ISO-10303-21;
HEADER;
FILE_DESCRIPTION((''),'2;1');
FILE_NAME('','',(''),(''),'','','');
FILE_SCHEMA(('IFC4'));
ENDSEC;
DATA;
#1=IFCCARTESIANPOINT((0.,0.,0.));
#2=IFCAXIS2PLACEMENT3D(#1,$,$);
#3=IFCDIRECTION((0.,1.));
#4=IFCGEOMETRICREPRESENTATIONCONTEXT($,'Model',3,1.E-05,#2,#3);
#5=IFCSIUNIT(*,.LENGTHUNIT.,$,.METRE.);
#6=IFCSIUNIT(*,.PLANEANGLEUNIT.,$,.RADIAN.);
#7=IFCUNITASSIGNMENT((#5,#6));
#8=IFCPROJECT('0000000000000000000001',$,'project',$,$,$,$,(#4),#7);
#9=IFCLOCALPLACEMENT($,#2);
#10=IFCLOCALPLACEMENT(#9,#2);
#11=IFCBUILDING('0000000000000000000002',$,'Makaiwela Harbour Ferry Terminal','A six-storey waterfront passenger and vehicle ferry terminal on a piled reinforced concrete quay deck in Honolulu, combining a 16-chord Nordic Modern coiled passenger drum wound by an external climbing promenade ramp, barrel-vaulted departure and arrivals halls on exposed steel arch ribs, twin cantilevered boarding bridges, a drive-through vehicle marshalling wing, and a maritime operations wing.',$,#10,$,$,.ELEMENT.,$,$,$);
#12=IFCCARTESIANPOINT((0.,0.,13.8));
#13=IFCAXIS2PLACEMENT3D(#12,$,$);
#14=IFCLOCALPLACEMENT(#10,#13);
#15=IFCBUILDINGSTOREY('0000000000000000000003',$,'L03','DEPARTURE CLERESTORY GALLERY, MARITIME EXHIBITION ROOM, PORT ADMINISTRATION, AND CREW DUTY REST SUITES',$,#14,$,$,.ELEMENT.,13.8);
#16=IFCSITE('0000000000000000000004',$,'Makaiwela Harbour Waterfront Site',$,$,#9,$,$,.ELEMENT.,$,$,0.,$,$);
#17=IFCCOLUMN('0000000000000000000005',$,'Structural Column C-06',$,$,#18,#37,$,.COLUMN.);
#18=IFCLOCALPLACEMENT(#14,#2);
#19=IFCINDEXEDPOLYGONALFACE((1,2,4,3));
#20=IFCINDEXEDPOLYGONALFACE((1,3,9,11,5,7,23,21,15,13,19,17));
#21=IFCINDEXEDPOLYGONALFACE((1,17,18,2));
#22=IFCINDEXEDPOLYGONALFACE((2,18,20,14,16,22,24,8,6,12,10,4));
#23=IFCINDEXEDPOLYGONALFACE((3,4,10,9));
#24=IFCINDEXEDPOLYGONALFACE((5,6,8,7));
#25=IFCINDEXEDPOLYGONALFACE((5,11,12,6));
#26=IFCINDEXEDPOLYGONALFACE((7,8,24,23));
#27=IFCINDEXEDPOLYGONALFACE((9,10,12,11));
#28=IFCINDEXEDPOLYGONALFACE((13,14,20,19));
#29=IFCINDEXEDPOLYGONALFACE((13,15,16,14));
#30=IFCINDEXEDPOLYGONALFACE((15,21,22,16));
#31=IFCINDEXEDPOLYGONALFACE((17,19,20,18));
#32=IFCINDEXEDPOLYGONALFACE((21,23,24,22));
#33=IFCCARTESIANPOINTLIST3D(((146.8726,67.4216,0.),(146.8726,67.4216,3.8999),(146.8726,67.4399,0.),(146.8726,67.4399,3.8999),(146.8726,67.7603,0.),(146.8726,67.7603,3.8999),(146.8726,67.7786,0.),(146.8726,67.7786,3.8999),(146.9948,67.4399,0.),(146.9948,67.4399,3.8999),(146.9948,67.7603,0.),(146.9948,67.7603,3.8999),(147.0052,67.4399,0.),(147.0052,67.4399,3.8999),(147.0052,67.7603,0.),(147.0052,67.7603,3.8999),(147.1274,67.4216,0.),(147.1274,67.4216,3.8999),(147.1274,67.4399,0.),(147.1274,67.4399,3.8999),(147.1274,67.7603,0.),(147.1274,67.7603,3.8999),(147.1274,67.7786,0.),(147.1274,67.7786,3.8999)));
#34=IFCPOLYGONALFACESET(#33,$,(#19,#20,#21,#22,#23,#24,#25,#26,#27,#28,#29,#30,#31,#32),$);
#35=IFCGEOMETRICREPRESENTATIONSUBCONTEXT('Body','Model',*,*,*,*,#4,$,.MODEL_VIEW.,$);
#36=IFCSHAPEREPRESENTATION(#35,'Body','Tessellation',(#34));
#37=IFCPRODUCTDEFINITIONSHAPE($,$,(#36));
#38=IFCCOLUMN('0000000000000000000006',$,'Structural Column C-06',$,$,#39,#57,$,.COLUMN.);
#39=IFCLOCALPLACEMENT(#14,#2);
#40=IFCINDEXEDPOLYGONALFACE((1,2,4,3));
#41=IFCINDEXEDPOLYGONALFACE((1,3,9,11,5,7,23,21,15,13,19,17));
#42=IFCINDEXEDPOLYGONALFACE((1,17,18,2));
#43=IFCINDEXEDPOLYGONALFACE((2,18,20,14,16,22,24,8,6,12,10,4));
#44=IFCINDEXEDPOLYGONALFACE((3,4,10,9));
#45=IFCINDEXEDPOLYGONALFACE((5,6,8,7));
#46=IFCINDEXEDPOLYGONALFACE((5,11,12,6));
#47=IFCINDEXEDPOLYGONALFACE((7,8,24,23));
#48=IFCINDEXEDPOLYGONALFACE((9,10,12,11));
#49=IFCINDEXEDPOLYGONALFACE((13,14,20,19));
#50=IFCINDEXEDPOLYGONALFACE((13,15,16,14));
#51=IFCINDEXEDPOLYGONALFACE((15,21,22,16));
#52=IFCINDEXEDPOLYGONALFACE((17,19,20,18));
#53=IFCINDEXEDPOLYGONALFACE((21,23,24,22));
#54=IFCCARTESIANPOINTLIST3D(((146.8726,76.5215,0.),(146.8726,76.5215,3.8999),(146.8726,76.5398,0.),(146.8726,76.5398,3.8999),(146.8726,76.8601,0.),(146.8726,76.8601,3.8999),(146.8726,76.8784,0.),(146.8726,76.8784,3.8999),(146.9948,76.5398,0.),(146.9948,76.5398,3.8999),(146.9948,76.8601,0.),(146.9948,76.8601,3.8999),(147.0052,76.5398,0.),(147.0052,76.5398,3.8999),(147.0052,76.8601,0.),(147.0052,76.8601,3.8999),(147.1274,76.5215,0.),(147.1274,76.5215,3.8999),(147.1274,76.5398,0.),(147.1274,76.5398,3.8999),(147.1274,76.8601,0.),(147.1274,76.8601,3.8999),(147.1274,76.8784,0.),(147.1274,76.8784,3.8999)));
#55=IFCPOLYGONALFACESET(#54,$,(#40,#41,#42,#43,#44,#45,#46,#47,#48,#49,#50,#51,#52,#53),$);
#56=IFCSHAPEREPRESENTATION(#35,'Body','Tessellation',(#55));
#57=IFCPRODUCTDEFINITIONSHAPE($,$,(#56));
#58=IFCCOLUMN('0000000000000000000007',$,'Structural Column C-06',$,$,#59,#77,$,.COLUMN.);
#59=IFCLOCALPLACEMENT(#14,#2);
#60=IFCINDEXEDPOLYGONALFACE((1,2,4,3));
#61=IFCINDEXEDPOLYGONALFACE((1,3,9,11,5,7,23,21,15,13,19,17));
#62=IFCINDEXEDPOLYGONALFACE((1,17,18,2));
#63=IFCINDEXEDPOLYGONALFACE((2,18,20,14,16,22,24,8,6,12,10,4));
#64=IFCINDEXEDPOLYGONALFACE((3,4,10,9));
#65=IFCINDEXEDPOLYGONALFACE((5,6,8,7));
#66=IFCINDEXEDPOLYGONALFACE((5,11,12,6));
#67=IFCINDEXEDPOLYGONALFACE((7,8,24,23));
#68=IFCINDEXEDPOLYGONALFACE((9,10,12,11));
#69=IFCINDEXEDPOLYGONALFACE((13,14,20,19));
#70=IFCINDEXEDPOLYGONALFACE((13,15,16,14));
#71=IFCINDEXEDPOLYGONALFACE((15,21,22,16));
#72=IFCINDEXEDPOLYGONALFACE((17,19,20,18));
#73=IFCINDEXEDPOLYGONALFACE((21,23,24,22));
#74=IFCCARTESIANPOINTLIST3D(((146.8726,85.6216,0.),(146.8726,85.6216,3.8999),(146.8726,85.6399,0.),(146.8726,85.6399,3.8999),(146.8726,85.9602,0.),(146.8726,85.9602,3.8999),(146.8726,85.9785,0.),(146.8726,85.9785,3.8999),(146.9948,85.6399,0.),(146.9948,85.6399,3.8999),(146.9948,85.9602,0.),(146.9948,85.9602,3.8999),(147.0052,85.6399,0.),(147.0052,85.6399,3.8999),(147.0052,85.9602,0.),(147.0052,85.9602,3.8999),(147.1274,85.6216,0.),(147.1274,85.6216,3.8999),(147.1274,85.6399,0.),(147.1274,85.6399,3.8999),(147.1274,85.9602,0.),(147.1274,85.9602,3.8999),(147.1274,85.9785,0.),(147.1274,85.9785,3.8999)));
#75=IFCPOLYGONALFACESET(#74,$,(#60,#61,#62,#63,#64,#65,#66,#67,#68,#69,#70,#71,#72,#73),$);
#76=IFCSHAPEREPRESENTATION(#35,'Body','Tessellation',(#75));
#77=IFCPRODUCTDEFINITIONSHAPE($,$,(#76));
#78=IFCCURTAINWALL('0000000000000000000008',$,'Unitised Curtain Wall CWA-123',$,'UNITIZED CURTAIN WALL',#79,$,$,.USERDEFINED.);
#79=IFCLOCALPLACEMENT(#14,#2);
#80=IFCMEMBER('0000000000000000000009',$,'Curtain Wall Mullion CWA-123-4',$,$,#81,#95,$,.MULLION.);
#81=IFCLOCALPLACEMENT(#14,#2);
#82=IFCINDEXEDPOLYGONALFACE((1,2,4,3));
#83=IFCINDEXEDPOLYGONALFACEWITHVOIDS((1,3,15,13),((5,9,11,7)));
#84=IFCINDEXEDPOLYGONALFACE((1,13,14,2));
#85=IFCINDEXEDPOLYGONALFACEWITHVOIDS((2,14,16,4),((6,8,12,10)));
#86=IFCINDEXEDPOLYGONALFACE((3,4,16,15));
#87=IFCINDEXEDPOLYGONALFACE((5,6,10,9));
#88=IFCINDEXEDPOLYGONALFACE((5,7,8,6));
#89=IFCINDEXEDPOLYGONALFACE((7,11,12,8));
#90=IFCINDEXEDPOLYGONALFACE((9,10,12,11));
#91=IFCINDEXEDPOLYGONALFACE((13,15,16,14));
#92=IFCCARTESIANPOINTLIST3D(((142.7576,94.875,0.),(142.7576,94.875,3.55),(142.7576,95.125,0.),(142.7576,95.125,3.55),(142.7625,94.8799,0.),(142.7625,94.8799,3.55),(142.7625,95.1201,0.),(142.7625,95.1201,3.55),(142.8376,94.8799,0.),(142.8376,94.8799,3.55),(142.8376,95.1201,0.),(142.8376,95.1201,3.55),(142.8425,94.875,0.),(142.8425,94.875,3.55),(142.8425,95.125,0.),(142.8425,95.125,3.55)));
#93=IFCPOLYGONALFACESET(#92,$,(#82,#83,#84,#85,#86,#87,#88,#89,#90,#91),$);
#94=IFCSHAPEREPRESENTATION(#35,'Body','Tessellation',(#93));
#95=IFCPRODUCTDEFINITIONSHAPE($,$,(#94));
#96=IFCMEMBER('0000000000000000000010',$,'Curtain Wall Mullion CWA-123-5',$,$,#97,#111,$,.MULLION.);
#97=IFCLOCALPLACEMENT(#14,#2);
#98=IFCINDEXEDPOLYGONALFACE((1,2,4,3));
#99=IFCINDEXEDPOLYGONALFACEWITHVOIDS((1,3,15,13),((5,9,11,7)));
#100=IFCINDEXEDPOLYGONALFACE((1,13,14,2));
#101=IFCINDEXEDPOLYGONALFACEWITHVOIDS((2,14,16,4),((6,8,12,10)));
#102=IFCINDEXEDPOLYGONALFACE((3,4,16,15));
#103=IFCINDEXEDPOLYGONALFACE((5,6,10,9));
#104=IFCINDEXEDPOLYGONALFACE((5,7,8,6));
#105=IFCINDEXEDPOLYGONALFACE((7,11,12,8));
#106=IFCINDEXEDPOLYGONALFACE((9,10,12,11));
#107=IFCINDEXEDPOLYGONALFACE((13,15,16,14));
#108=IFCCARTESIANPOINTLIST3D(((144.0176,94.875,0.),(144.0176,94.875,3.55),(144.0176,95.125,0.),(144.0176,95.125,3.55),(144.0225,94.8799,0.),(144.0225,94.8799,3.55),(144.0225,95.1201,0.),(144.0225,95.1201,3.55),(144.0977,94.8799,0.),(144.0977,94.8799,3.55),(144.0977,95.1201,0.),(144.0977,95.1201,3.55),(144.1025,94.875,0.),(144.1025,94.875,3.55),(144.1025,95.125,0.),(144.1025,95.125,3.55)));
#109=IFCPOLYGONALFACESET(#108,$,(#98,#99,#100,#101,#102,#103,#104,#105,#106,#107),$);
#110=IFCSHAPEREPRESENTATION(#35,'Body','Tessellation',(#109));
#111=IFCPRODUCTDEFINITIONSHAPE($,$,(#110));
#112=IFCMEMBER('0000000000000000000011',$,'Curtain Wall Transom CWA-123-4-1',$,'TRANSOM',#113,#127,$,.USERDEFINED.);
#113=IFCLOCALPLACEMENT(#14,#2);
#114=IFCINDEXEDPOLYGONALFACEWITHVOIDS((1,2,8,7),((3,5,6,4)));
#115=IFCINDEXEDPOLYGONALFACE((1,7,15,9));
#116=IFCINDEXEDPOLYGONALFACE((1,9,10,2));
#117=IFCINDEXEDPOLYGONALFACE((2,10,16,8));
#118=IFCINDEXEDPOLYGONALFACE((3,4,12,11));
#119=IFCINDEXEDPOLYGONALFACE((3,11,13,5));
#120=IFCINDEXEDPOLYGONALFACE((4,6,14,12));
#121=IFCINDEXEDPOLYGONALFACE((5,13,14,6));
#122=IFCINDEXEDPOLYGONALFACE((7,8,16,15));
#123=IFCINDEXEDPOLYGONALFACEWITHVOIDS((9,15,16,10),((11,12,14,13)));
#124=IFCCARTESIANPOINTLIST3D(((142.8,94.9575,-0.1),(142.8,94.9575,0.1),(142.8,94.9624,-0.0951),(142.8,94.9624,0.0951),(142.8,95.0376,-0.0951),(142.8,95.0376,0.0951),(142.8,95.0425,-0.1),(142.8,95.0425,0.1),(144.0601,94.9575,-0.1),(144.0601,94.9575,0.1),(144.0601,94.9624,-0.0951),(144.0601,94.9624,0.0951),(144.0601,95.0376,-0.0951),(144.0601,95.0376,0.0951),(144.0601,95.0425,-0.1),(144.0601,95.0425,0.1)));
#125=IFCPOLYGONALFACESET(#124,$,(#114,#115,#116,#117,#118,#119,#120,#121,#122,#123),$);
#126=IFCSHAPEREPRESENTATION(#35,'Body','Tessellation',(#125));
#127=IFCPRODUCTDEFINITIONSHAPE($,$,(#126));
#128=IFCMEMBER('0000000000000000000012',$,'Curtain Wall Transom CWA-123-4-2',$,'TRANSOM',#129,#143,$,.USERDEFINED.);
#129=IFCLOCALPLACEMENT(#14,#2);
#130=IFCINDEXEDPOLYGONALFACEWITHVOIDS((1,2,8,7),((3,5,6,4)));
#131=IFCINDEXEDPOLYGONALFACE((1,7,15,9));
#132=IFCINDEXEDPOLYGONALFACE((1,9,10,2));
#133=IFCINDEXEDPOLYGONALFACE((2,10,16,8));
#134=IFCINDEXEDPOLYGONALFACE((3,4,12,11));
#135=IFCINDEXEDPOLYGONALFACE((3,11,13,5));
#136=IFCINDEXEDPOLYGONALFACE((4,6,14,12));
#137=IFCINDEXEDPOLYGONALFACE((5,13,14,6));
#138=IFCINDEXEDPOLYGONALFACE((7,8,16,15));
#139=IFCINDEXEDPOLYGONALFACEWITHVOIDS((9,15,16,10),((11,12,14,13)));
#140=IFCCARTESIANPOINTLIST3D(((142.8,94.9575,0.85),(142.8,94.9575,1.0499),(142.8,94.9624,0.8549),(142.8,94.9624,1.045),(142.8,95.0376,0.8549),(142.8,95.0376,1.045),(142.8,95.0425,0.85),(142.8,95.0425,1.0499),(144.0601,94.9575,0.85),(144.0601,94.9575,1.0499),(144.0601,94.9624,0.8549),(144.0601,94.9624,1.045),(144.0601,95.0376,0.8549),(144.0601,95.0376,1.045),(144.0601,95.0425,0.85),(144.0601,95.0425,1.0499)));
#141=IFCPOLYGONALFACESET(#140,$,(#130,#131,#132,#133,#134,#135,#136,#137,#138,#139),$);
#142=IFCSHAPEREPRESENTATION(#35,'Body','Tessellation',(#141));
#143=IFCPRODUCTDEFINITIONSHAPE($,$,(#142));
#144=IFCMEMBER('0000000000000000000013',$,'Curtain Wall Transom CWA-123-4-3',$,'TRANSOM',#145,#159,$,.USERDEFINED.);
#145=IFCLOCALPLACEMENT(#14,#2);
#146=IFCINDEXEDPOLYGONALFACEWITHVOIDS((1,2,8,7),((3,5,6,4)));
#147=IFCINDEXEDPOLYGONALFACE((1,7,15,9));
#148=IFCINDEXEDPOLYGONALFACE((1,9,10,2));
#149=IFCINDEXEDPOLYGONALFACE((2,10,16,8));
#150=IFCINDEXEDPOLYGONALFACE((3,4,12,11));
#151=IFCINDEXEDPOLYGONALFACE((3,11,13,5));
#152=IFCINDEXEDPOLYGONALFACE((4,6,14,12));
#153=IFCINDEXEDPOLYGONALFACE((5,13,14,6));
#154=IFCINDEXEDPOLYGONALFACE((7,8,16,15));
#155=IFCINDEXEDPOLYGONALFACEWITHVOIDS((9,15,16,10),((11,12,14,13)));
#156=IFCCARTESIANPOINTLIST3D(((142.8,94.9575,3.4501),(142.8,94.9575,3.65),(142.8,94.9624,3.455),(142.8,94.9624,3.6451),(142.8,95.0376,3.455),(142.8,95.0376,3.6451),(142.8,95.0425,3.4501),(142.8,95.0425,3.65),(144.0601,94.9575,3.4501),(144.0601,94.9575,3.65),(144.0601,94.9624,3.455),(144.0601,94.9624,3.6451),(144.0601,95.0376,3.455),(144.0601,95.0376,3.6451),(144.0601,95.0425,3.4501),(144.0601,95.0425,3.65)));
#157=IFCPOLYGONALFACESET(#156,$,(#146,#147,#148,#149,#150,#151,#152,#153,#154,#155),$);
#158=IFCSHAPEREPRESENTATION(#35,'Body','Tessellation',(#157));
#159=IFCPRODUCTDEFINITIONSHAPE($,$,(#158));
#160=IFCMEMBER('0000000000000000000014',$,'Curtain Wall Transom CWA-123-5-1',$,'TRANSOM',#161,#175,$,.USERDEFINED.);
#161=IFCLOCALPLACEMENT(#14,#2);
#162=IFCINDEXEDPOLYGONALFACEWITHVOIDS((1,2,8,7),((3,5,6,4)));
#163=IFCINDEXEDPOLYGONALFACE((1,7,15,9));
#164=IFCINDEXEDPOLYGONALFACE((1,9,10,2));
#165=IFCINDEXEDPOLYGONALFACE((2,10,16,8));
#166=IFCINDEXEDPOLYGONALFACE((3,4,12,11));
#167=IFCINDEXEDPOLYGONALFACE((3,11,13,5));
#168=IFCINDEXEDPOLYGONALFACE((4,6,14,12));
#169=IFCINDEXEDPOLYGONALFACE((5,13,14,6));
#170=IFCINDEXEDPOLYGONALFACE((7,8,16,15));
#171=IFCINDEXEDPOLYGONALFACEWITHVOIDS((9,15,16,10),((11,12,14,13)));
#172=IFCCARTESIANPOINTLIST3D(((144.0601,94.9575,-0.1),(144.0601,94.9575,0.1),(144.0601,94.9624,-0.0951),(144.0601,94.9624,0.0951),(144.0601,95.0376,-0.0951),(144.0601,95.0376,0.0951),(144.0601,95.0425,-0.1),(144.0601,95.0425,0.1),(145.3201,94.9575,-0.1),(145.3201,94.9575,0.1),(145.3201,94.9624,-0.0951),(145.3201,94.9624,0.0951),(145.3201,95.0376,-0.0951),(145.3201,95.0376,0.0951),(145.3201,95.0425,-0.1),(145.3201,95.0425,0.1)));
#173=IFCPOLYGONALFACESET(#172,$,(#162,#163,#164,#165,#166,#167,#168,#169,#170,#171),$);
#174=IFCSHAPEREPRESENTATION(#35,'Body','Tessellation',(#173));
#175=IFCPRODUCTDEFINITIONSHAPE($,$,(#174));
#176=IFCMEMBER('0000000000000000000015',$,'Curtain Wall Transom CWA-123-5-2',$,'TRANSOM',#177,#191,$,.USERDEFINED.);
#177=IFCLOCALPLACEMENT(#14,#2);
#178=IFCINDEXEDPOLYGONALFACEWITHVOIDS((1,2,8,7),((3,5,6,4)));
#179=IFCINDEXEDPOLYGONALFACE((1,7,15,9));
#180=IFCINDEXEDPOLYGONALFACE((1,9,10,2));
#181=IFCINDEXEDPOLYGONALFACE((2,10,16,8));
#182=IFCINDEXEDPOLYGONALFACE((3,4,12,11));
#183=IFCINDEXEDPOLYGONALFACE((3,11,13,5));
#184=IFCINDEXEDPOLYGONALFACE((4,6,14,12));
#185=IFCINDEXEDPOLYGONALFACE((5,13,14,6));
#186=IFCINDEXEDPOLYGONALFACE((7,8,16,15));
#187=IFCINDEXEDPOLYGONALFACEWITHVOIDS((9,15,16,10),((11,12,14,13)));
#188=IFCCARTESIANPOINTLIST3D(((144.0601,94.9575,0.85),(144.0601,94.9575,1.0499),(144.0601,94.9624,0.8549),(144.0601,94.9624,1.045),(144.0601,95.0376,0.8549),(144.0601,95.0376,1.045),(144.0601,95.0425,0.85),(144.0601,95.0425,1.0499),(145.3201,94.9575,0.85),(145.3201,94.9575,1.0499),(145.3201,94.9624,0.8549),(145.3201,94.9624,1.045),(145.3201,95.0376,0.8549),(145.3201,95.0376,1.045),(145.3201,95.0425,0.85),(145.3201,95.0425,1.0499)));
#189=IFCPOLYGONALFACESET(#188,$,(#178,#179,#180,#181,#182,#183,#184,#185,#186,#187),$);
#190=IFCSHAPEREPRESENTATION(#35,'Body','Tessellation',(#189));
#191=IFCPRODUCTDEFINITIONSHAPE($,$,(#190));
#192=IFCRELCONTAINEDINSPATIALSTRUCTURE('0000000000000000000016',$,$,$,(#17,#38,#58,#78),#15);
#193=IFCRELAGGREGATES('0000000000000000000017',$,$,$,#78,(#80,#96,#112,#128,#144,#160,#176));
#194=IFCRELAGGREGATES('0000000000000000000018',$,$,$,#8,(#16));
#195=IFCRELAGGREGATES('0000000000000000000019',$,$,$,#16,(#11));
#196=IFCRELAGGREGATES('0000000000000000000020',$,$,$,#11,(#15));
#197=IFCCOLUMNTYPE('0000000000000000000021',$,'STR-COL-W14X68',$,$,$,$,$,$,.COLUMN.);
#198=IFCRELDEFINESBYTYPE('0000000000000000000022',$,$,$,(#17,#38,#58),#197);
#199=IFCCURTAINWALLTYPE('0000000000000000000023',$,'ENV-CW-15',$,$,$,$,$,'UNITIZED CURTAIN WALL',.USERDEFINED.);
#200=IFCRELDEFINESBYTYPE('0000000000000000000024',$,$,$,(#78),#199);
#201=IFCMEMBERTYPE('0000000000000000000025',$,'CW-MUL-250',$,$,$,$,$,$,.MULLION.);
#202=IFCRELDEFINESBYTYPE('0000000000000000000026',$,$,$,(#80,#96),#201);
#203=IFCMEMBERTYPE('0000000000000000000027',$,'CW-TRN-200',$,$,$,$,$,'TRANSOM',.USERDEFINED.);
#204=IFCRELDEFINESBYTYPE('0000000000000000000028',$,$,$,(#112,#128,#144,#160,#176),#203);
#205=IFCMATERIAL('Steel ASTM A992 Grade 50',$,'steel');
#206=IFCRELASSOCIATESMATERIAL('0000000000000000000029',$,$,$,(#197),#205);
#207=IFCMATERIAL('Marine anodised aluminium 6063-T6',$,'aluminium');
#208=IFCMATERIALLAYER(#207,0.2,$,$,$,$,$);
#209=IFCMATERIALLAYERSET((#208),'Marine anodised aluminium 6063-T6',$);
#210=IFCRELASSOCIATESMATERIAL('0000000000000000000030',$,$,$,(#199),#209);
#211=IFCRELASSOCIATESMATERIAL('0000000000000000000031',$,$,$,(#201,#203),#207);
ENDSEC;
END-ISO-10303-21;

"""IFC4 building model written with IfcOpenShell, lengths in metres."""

from ifc_helpers import new_model, si_unit, direction, frame, origin, origin_2d, place, context, subcontext, project, spatial, hollow_rectangle, i_section, extrude, material, layer, layer_set, material_profile, profile_set, type_object, element, aggregate, save


model = new_model("IFC4")

# Units and contexts
model_context = context("Model", 3, precision=1e-05, world=origin(), true_north=direction((0.0, 1.0)))
body_context = subcontext(model_context, "Body", "Model", "MODEL_VIEW")
ifc_project = project(units=[si_unit("LENGTHUNIT", "METRE"), si_unit("PLANEANGLEUNIT", "RADIAN")], contexts=[model_context])

# Site, building, storey
site_placement = place(None, origin())
site = spatial("IfcSite", under=ifc_project, at=site_placement, Name="Makaiwela Harbour Waterfront Site", CompositionType="ELEMENT", RefElevation=0.0)
building_placement = place(site_placement, origin())
building = spatial("IfcBuilding", under=site, at=building_placement, Name="Makaiwela Harbour Ferry Terminal", Description="A six-storey waterfront passenger and vehicle ferry terminal on a piled reinforced concrete quay deck in Honolulu, combining a 16-chord Nordic Modern coiled passenger drum wound by an external climbing promenade ramp, barrel-vaulted departure and arrivals halls on exposed steel arch ribs, twin cantilevered boarding bridges, a drive-through vehicle marshalling wing, and a maritime operations wing.", CompositionType="ELEMENT")
storey_placement = place(building_placement, frame((0.0, 0.0, 13.8)))
storey = spatial("IfcBuildingStorey", under=building, at=storey_placement, Name="L03", Description="DEPARTURE CLERESTORY GALLERY, MARITIME EXHIBITION ROOM, PORT ADMINISTRATION, AND CREW DUTY REST SUITES", CompositionType="ELEMENT", Elevation=13.8)

# Columns
ifc_material_1 = material(Name="Steel ASTM A992 Grade 50", Category="steel")
ifc_material_profile_1 = material_profile(ifc_material_1, i_section(OverallWidth=0.2549, OverallDepth=0.3569, WebThickness=0.0105, FlangeThickness=0.0183, at=origin_2d()), Name="W14X68")
ifc_profile_set_1 = profile_set([ifc_material_profile_1], Name="Steel ASTM A992 Grade 50")
column_type = type_object("IfcColumnType", Name="STR-COL-W14X68", PredefinedType="COLUMN", material=ifc_profile_set_1)
for number, where, z_axis, x_axis, name in (
    (1, (147.0, 67.6001, 0.0), (0.0, 0.0, 1.0), (1.0, 0.0, 0.0), "Structural Column C-06"),
    (2, (147.0, 76.7, 0.0), (0.0, 0.0, 1.0), (1.0, 0.0, 0.0), "Structural Column C-06"),
    (3, (147.0, 85.8, 0.0), (0.0, 0.0, 1.0), (1.0, 0.0, 0.0), "Structural Column C-06"),
):
    element("IfcColumn", number, at=place(storey_placement, frame(where, z_axis=z_axis, x_axis=x_axis)), inside=storey, type_object=column_type, Name=name, PredefinedType="COLUMN", context=body_context, shape_type="SweptSolid", body=[
        extrude(i_section(OverallWidth=0.2549, OverallDepth=0.3569, WebThickness=0.0105, FlangeThickness=0.0183, at=origin_2d()), origin(), (0.0, 0.0, 1.0), 3.8999),
    ])

# Curtain wall, members
ifc_material_2 = material(Name="Marine anodised aluminium 6063-T6", Category="aluminium")
ifc_layer_1 = layer(ifc_material_2, 0.2)
ifc_layer_set_1 = layer_set([ifc_layer_1], Name="Marine anodised aluminium 6063-T6")
curtain_wall_type = type_object("IfcCurtainWallType", Name="ENV-CW-15", ElementType="UNITIZED CURTAIN WALL", PredefinedType="USERDEFINED", material=ifc_layer_set_1)
curtain_wall_placement = place(storey_placement, origin())
curtain_wall = element("IfcCurtainWall", 4, at=curtain_wall_placement, inside=storey, type_object=curtain_wall_type, Name="Unitised Curtain Wall CWA-123", ObjectType="UNITIZED CURTAIN WALL", PredefinedType="USERDEFINED")
ifc_material_profile_2 = material_profile(ifc_material_2, hollow_rectangle(XDim=0.085, YDim=0.25, WallThickness=0.0049, at=origin_2d()), Name="CWM-250X85")
ifc_profile_set_2 = profile_set([ifc_material_profile_2], Name="Marine anodised aluminium 6063-T6")
member_type_1 = type_object("IfcMemberType", Name="CW-MUL-250", PredefinedType="MULLION", material=ifc_profile_set_2)
member_1_placement = place(storey_placement, frame((142.8, 95.0, 0.0), z_axis=(0.0, 0.0, 1.0), x_axis=(1.0, 0.0, 0.0)))
member_1 = element("IfcMember", 5, at=member_1_placement, type_object=member_type_1, Name="Curtain Wall Mullion CWA-123-4", PredefinedType="MULLION", context=body_context, shape_type="SweptSolid", body=[
    extrude(hollow_rectangle(XDim=0.085, YDim=0.25, WallThickness=0.0049, at=origin_2d()), origin(), (0.0, 0.0, 1.0), 3.55),
])
member_2_placement = place(storey_placement, frame((144.0601, 95.0, 0.0), z_axis=(0.0, 0.0, 1.0), x_axis=(1.0, 0.0, 0.0)))
member_2 = element("IfcMember", 6, at=member_2_placement, type_object=member_type_1, Name="Curtain Wall Mullion CWA-123-5", PredefinedType="MULLION", context=body_context, shape_type="SweptSolid", body=[
    extrude(hollow_rectangle(XDim=0.085, YDim=0.25, WallThickness=0.0049, at=origin_2d()), origin(), (0.0, 0.0, 1.0), 3.55),
])
ifc_material_profile_3 = material_profile(ifc_material_2, hollow_rectangle(XDim=0.085, YDim=0.2, WallThickness=0.0049, at=origin_2d()), Name="CWT-200X85")
ifc_profile_set_3 = profile_set([ifc_material_profile_3], Name="Marine anodised aluminium 6063-T6")
member_type_2 = type_object("IfcMemberType", Name="CW-TRN-200", ElementType="TRANSOM", PredefinedType="USERDEFINED", material=ifc_profile_set_3)
member_3_placement = place(storey_placement, frame((142.8, 95.0, 0.0), z_axis=(1.0, 0.0, 0.0), x_axis=(0.0, 1.0, 0.0)))
member_3 = element("IfcMember", 7, at=member_3_placement, type_object=member_type_2, Name="Curtain Wall Transom CWA-123-4-1", ObjectType="TRANSOM", PredefinedType="USERDEFINED", context=body_context, shape_type="SweptSolid", body=[
    extrude(hollow_rectangle(XDim=0.085, YDim=0.2, WallThickness=0.0049, at=origin_2d()), origin(), (0.0, 0.0, 1.0), 1.26),
])
member_4_placement = place(storey_placement, frame((142.8, 95.0, 0.95), z_axis=(1.0, 0.0, 0.0), x_axis=(0.0, 1.0, 0.0)))
member_4 = element("IfcMember", 8, at=member_4_placement, type_object=member_type_2, Name="Curtain Wall Transom CWA-123-4-2", ObjectType="TRANSOM", PredefinedType="USERDEFINED", context=body_context, shape_type="SweptSolid", body=[
    extrude(hollow_rectangle(XDim=0.085, YDim=0.2, WallThickness=0.0049, at=origin_2d()), origin(), (0.0, 0.0, 1.0), 1.26),
])
member_5_placement = place(storey_placement, frame((142.8, 95.0, 3.55), z_axis=(1.0, 0.0, 0.0), x_axis=(0.0, 1.0, 0.0)))
member_5 = element("IfcMember", 9, at=member_5_placement, type_object=member_type_2, Name="Curtain Wall Transom CWA-123-4-3", ObjectType="TRANSOM", PredefinedType="USERDEFINED", context=body_context, shape_type="SweptSolid", body=[
    extrude(hollow_rectangle(XDim=0.085, YDim=0.2, WallThickness=0.0049, at=origin_2d()), origin(), (0.0, 0.0, 1.0), 1.26),
])
member_6_placement = place(storey_placement, frame((144.0601, 95.0, 0.0), z_axis=(1.0, 0.0, 0.0), x_axis=(0.0, 1.0, 0.0)))
member_6 = element("IfcMember", 10, at=member_6_placement, type_object=member_type_2, Name="Curtain Wall Transom CWA-123-5-1", ObjectType="TRANSOM", PredefinedType="USERDEFINED", context=body_context, shape_type="SweptSolid", body=[
    extrude(hollow_rectangle(XDim=0.085, YDim=0.2, WallThickness=0.0049, at=origin_2d()), origin(), (0.0, 0.0, 1.0), 1.26),
])
member_7_placement = place(storey_placement, frame((144.0601, 95.0, 0.95), z_axis=(1.0, 0.0, 0.0), x_axis=(0.0, 1.0, 0.0)))
member_7 = element("IfcMember", 11, at=member_7_placement, type_object=member_type_2, Name="Curtain Wall Transom CWA-123-5-2", ObjectType="TRANSOM", PredefinedType="USERDEFINED", context=body_context, shape_type="SweptSolid", body=[
    extrude(hollow_rectangle(XDim=0.085, YDim=0.2, WallThickness=0.0049, at=origin_2d()), origin(), (0.0, 0.0, 1.0), 1.26),
])

aggregate(curtain_wall, [member_1, member_2, member_3, member_4, member_5, member_6, member_7])

save(model, "model.ifc")
